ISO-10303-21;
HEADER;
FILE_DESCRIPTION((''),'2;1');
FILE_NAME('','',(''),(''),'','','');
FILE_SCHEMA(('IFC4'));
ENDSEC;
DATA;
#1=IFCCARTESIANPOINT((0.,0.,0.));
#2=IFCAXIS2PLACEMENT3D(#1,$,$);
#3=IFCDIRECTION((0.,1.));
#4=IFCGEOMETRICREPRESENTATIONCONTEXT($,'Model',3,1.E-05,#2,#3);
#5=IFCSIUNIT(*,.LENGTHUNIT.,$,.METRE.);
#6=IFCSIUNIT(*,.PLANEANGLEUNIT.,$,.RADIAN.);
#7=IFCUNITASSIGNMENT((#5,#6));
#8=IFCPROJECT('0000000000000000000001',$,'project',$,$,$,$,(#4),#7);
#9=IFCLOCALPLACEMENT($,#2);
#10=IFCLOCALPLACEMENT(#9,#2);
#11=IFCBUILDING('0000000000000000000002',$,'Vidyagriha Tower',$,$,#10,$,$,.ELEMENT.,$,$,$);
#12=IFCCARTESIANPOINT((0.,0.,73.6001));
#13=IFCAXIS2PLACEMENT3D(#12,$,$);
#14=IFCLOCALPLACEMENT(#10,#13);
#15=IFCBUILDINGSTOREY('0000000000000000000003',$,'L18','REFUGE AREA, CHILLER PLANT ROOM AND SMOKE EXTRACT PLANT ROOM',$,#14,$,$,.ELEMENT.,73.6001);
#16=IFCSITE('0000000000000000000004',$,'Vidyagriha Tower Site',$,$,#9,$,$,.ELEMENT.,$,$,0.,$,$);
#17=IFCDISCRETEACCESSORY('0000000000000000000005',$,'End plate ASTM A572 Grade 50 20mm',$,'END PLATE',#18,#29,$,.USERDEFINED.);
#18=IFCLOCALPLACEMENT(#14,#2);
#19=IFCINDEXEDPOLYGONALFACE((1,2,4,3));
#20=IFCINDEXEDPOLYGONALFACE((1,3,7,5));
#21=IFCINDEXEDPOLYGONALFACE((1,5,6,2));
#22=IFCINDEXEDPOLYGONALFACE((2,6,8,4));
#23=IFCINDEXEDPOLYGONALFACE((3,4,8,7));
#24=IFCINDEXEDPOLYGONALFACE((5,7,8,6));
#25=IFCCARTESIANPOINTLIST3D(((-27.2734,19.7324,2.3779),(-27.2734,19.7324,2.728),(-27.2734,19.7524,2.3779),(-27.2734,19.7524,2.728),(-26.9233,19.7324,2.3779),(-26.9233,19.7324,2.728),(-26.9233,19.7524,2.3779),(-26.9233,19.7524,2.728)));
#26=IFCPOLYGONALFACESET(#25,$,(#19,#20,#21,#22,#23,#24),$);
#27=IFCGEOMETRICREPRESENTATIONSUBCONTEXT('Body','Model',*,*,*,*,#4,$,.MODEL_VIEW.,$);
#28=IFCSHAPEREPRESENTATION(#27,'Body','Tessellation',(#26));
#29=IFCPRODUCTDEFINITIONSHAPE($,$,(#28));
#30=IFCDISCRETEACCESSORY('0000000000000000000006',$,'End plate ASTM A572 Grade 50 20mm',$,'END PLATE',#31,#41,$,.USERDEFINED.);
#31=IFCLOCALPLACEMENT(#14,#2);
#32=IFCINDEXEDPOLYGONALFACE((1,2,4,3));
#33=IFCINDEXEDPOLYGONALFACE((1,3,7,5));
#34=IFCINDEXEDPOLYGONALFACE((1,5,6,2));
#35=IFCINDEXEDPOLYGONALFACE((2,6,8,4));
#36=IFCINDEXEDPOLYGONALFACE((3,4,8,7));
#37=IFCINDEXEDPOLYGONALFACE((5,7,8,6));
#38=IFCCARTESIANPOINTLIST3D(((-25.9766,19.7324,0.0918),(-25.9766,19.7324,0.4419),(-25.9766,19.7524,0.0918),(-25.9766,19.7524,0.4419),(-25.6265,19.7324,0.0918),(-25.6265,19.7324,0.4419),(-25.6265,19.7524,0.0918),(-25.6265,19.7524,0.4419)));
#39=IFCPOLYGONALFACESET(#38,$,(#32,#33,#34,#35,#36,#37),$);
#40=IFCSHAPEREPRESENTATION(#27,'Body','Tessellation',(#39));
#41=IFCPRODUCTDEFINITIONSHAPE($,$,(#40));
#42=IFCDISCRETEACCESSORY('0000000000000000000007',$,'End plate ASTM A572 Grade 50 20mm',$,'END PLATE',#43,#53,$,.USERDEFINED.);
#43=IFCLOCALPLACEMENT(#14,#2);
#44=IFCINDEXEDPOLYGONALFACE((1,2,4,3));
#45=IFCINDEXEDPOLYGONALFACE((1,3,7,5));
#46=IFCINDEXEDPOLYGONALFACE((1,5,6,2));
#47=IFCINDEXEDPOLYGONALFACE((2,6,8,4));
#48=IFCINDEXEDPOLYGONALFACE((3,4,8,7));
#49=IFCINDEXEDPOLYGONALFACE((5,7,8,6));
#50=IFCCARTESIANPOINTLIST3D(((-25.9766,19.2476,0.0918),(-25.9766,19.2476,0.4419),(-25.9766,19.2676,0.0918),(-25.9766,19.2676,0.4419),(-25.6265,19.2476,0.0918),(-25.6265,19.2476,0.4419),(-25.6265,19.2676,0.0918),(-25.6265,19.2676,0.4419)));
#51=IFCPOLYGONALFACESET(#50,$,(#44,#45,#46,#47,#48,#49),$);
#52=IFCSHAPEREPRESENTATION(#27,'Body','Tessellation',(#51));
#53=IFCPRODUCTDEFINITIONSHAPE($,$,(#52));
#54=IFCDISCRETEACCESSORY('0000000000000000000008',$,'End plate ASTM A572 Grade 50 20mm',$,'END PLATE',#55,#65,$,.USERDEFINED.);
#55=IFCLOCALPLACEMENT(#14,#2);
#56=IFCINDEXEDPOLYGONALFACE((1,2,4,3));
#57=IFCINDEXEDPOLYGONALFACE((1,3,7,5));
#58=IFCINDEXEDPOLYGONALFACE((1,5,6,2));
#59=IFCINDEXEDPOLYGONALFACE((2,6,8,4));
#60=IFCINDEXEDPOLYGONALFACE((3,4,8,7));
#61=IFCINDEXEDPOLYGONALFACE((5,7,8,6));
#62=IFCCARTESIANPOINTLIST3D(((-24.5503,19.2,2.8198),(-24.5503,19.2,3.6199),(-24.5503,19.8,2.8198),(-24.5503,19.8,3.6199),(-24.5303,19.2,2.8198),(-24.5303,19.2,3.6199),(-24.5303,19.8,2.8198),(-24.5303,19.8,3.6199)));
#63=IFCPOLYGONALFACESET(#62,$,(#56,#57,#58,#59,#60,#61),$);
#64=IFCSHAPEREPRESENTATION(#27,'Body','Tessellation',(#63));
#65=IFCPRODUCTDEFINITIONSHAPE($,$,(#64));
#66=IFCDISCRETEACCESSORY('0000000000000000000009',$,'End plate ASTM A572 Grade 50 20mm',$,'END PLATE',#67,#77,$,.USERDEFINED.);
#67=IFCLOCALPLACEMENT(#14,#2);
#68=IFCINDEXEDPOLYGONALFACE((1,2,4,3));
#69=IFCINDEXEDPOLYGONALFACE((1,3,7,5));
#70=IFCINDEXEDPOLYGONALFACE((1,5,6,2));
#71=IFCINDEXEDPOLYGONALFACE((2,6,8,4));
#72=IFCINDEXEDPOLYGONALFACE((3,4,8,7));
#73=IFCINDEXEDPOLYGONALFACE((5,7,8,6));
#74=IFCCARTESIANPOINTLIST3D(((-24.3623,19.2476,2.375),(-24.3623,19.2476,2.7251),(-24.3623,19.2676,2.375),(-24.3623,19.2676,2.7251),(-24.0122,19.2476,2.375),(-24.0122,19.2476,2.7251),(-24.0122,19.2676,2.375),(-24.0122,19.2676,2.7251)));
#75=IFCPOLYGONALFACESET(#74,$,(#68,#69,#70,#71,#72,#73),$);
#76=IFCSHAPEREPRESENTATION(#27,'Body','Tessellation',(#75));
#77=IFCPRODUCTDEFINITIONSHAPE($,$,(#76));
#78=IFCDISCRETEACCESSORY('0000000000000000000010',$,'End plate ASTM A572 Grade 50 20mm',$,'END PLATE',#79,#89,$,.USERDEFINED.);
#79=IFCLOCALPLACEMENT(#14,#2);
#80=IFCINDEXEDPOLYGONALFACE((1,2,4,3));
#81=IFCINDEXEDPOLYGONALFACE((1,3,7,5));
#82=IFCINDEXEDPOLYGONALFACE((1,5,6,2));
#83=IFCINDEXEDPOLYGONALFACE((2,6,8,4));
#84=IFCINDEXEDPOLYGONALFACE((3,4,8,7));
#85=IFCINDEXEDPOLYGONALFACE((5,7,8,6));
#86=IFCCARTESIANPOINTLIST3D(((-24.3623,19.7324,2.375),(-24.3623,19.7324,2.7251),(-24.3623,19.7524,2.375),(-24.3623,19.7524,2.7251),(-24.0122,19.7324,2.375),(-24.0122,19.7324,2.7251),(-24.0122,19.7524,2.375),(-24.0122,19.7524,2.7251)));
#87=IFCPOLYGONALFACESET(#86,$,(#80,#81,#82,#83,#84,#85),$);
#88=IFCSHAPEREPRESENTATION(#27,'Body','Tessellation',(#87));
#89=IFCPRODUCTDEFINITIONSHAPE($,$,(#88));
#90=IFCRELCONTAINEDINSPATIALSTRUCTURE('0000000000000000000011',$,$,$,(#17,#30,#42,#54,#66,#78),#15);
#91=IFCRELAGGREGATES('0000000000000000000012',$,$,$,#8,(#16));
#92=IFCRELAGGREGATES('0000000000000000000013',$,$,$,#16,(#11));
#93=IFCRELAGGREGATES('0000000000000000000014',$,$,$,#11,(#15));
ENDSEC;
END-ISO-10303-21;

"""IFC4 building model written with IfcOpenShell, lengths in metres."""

from ifc_helpers import new_model, si_unit, direction, frame, origin, origin_2d, place, context, subcontext, project, spatial, rectangle, extrude, element, save


model = new_model("IFC4")

# Units and contexts
model_context = context("Model", 3, precision=1e-05, world=origin(), true_north=direction((0.0, 1.0)))
body_context = subcontext(model_context, "Body", "Model", "MODEL_VIEW")
ifc_project = project(units=[si_unit("LENGTHUNIT", "METRE"), si_unit("PLANEANGLEUNIT", "RADIAN")], contexts=[model_context])

# Site, building, storey
site_placement = place(None, origin())
site = spatial("IfcSite", under=ifc_project, at=site_placement, Name="Vidyagriha Tower Site", CompositionType="ELEMENT", RefElevation=0.0)
building_placement = place(site_placement, origin())
building = spatial("IfcBuilding", under=site, at=building_placement, Name="Vidyagriha Tower", CompositionType="ELEMENT")
storey_placement = place(building_placement, frame((0.0, 0.0, 73.6001)))
storey = spatial("IfcBuildingStorey", under=building, at=storey_placement, Name="L18", Description="REFUGE AREA, CHILLER PLANT ROOM AND SMOKE EXTRACT PLANT ROOM", CompositionType="ELEMENT", Elevation=73.6001)

# Discrete accessories
for number, where, z_axis, x_axis, name in (
    (1, (-27.0984, 19.7424, 2.3779), (0.0, 0.0, 1.0), (-1.0, 0.0, 0.0), "End plate ASTM A572 Grade 50 20mm"),
):
    element("IfcDiscreteAccessory", number, at=place(storey_placement, frame(where, z_axis=z_axis, x_axis=x_axis)), inside=storey, Name=name, ObjectType="END PLATE", PredefinedType="USERDEFINED", context=body_context, shape_type="SweptSolid", body=[
        extrude(rectangle(XDim=0.3501, YDim=0.02, at=origin_2d()), origin(), (0.0, 0.0, 1.0), 0.3501),
    ])
for number, where, name in (
    (2, (-25.8015, 19.7424, 0.0918), "End plate ASTM A572 Grade 50 20mm"),
    (3, (-25.8015, 19.2576, 0.0918), "End plate ASTM A572 Grade 50 20mm"),
):
    element("IfcDiscreteAccessory", number, at=place(storey_placement, frame(where)), inside=storey, Name=name, ObjectType="END PLATE", PredefinedType="USERDEFINED", context=body_context, shape_type="SweptSolid", body=[
        extrude(rectangle(XDim=0.3501, YDim=0.02, at=origin_2d()), origin(), (0.0, 0.0, 1.0), 0.3501),
    ])
discrete_accessory_1_placement = place(storey_placement, frame((-24.5403, 19.5, 2.8198), z_axis=(0.0, 0.0, 1.0), x_axis=(-1.0, 0.0, 0.0)))
element("IfcDiscreteAccessory", 4, at=discrete_accessory_1_placement, inside=storey, Name="End plate ASTM A572 Grade 50 20mm", ObjectType="END PLATE", PredefinedType="USERDEFINED", context=body_context, shape_type="SweptSolid", body=[
    extrude(rectangle(XDim=0.02, YDim=0.6001, at=origin_2d()), origin(), (0.0, 0.0, 1.0), 0.8),
])
for number, where, z_axis, x_axis, name in (
    (5, (-24.1873, 19.2576, 2.375), (0.0, 0.0, 1.0), (-1.0, 0.0, 0.0), "End plate ASTM A572 Grade 50 20mm"),
    (6, (-24.1873, 19.7424, 2.375), (0.0, 0.0, 1.0), (-1.0, 0.0, 0.0), "End plate ASTM A572 Grade 50 20mm"),
):
    element("IfcDiscreteAccessory", number, at=place(storey_placement, frame(where, z_axis=z_axis, x_axis=x_axis)), inside=storey, Name=name, ObjectType="END PLATE", PredefinedType="USERDEFINED", context=body_context, shape_type="SweptSolid", body=[
        extrude(rectangle(XDim=0.3501, YDim=0.02, at=origin_2d()), origin(), (0.0, 0.0, 1.0), 0.3501),
    ])

save(model, "model.ifc")
